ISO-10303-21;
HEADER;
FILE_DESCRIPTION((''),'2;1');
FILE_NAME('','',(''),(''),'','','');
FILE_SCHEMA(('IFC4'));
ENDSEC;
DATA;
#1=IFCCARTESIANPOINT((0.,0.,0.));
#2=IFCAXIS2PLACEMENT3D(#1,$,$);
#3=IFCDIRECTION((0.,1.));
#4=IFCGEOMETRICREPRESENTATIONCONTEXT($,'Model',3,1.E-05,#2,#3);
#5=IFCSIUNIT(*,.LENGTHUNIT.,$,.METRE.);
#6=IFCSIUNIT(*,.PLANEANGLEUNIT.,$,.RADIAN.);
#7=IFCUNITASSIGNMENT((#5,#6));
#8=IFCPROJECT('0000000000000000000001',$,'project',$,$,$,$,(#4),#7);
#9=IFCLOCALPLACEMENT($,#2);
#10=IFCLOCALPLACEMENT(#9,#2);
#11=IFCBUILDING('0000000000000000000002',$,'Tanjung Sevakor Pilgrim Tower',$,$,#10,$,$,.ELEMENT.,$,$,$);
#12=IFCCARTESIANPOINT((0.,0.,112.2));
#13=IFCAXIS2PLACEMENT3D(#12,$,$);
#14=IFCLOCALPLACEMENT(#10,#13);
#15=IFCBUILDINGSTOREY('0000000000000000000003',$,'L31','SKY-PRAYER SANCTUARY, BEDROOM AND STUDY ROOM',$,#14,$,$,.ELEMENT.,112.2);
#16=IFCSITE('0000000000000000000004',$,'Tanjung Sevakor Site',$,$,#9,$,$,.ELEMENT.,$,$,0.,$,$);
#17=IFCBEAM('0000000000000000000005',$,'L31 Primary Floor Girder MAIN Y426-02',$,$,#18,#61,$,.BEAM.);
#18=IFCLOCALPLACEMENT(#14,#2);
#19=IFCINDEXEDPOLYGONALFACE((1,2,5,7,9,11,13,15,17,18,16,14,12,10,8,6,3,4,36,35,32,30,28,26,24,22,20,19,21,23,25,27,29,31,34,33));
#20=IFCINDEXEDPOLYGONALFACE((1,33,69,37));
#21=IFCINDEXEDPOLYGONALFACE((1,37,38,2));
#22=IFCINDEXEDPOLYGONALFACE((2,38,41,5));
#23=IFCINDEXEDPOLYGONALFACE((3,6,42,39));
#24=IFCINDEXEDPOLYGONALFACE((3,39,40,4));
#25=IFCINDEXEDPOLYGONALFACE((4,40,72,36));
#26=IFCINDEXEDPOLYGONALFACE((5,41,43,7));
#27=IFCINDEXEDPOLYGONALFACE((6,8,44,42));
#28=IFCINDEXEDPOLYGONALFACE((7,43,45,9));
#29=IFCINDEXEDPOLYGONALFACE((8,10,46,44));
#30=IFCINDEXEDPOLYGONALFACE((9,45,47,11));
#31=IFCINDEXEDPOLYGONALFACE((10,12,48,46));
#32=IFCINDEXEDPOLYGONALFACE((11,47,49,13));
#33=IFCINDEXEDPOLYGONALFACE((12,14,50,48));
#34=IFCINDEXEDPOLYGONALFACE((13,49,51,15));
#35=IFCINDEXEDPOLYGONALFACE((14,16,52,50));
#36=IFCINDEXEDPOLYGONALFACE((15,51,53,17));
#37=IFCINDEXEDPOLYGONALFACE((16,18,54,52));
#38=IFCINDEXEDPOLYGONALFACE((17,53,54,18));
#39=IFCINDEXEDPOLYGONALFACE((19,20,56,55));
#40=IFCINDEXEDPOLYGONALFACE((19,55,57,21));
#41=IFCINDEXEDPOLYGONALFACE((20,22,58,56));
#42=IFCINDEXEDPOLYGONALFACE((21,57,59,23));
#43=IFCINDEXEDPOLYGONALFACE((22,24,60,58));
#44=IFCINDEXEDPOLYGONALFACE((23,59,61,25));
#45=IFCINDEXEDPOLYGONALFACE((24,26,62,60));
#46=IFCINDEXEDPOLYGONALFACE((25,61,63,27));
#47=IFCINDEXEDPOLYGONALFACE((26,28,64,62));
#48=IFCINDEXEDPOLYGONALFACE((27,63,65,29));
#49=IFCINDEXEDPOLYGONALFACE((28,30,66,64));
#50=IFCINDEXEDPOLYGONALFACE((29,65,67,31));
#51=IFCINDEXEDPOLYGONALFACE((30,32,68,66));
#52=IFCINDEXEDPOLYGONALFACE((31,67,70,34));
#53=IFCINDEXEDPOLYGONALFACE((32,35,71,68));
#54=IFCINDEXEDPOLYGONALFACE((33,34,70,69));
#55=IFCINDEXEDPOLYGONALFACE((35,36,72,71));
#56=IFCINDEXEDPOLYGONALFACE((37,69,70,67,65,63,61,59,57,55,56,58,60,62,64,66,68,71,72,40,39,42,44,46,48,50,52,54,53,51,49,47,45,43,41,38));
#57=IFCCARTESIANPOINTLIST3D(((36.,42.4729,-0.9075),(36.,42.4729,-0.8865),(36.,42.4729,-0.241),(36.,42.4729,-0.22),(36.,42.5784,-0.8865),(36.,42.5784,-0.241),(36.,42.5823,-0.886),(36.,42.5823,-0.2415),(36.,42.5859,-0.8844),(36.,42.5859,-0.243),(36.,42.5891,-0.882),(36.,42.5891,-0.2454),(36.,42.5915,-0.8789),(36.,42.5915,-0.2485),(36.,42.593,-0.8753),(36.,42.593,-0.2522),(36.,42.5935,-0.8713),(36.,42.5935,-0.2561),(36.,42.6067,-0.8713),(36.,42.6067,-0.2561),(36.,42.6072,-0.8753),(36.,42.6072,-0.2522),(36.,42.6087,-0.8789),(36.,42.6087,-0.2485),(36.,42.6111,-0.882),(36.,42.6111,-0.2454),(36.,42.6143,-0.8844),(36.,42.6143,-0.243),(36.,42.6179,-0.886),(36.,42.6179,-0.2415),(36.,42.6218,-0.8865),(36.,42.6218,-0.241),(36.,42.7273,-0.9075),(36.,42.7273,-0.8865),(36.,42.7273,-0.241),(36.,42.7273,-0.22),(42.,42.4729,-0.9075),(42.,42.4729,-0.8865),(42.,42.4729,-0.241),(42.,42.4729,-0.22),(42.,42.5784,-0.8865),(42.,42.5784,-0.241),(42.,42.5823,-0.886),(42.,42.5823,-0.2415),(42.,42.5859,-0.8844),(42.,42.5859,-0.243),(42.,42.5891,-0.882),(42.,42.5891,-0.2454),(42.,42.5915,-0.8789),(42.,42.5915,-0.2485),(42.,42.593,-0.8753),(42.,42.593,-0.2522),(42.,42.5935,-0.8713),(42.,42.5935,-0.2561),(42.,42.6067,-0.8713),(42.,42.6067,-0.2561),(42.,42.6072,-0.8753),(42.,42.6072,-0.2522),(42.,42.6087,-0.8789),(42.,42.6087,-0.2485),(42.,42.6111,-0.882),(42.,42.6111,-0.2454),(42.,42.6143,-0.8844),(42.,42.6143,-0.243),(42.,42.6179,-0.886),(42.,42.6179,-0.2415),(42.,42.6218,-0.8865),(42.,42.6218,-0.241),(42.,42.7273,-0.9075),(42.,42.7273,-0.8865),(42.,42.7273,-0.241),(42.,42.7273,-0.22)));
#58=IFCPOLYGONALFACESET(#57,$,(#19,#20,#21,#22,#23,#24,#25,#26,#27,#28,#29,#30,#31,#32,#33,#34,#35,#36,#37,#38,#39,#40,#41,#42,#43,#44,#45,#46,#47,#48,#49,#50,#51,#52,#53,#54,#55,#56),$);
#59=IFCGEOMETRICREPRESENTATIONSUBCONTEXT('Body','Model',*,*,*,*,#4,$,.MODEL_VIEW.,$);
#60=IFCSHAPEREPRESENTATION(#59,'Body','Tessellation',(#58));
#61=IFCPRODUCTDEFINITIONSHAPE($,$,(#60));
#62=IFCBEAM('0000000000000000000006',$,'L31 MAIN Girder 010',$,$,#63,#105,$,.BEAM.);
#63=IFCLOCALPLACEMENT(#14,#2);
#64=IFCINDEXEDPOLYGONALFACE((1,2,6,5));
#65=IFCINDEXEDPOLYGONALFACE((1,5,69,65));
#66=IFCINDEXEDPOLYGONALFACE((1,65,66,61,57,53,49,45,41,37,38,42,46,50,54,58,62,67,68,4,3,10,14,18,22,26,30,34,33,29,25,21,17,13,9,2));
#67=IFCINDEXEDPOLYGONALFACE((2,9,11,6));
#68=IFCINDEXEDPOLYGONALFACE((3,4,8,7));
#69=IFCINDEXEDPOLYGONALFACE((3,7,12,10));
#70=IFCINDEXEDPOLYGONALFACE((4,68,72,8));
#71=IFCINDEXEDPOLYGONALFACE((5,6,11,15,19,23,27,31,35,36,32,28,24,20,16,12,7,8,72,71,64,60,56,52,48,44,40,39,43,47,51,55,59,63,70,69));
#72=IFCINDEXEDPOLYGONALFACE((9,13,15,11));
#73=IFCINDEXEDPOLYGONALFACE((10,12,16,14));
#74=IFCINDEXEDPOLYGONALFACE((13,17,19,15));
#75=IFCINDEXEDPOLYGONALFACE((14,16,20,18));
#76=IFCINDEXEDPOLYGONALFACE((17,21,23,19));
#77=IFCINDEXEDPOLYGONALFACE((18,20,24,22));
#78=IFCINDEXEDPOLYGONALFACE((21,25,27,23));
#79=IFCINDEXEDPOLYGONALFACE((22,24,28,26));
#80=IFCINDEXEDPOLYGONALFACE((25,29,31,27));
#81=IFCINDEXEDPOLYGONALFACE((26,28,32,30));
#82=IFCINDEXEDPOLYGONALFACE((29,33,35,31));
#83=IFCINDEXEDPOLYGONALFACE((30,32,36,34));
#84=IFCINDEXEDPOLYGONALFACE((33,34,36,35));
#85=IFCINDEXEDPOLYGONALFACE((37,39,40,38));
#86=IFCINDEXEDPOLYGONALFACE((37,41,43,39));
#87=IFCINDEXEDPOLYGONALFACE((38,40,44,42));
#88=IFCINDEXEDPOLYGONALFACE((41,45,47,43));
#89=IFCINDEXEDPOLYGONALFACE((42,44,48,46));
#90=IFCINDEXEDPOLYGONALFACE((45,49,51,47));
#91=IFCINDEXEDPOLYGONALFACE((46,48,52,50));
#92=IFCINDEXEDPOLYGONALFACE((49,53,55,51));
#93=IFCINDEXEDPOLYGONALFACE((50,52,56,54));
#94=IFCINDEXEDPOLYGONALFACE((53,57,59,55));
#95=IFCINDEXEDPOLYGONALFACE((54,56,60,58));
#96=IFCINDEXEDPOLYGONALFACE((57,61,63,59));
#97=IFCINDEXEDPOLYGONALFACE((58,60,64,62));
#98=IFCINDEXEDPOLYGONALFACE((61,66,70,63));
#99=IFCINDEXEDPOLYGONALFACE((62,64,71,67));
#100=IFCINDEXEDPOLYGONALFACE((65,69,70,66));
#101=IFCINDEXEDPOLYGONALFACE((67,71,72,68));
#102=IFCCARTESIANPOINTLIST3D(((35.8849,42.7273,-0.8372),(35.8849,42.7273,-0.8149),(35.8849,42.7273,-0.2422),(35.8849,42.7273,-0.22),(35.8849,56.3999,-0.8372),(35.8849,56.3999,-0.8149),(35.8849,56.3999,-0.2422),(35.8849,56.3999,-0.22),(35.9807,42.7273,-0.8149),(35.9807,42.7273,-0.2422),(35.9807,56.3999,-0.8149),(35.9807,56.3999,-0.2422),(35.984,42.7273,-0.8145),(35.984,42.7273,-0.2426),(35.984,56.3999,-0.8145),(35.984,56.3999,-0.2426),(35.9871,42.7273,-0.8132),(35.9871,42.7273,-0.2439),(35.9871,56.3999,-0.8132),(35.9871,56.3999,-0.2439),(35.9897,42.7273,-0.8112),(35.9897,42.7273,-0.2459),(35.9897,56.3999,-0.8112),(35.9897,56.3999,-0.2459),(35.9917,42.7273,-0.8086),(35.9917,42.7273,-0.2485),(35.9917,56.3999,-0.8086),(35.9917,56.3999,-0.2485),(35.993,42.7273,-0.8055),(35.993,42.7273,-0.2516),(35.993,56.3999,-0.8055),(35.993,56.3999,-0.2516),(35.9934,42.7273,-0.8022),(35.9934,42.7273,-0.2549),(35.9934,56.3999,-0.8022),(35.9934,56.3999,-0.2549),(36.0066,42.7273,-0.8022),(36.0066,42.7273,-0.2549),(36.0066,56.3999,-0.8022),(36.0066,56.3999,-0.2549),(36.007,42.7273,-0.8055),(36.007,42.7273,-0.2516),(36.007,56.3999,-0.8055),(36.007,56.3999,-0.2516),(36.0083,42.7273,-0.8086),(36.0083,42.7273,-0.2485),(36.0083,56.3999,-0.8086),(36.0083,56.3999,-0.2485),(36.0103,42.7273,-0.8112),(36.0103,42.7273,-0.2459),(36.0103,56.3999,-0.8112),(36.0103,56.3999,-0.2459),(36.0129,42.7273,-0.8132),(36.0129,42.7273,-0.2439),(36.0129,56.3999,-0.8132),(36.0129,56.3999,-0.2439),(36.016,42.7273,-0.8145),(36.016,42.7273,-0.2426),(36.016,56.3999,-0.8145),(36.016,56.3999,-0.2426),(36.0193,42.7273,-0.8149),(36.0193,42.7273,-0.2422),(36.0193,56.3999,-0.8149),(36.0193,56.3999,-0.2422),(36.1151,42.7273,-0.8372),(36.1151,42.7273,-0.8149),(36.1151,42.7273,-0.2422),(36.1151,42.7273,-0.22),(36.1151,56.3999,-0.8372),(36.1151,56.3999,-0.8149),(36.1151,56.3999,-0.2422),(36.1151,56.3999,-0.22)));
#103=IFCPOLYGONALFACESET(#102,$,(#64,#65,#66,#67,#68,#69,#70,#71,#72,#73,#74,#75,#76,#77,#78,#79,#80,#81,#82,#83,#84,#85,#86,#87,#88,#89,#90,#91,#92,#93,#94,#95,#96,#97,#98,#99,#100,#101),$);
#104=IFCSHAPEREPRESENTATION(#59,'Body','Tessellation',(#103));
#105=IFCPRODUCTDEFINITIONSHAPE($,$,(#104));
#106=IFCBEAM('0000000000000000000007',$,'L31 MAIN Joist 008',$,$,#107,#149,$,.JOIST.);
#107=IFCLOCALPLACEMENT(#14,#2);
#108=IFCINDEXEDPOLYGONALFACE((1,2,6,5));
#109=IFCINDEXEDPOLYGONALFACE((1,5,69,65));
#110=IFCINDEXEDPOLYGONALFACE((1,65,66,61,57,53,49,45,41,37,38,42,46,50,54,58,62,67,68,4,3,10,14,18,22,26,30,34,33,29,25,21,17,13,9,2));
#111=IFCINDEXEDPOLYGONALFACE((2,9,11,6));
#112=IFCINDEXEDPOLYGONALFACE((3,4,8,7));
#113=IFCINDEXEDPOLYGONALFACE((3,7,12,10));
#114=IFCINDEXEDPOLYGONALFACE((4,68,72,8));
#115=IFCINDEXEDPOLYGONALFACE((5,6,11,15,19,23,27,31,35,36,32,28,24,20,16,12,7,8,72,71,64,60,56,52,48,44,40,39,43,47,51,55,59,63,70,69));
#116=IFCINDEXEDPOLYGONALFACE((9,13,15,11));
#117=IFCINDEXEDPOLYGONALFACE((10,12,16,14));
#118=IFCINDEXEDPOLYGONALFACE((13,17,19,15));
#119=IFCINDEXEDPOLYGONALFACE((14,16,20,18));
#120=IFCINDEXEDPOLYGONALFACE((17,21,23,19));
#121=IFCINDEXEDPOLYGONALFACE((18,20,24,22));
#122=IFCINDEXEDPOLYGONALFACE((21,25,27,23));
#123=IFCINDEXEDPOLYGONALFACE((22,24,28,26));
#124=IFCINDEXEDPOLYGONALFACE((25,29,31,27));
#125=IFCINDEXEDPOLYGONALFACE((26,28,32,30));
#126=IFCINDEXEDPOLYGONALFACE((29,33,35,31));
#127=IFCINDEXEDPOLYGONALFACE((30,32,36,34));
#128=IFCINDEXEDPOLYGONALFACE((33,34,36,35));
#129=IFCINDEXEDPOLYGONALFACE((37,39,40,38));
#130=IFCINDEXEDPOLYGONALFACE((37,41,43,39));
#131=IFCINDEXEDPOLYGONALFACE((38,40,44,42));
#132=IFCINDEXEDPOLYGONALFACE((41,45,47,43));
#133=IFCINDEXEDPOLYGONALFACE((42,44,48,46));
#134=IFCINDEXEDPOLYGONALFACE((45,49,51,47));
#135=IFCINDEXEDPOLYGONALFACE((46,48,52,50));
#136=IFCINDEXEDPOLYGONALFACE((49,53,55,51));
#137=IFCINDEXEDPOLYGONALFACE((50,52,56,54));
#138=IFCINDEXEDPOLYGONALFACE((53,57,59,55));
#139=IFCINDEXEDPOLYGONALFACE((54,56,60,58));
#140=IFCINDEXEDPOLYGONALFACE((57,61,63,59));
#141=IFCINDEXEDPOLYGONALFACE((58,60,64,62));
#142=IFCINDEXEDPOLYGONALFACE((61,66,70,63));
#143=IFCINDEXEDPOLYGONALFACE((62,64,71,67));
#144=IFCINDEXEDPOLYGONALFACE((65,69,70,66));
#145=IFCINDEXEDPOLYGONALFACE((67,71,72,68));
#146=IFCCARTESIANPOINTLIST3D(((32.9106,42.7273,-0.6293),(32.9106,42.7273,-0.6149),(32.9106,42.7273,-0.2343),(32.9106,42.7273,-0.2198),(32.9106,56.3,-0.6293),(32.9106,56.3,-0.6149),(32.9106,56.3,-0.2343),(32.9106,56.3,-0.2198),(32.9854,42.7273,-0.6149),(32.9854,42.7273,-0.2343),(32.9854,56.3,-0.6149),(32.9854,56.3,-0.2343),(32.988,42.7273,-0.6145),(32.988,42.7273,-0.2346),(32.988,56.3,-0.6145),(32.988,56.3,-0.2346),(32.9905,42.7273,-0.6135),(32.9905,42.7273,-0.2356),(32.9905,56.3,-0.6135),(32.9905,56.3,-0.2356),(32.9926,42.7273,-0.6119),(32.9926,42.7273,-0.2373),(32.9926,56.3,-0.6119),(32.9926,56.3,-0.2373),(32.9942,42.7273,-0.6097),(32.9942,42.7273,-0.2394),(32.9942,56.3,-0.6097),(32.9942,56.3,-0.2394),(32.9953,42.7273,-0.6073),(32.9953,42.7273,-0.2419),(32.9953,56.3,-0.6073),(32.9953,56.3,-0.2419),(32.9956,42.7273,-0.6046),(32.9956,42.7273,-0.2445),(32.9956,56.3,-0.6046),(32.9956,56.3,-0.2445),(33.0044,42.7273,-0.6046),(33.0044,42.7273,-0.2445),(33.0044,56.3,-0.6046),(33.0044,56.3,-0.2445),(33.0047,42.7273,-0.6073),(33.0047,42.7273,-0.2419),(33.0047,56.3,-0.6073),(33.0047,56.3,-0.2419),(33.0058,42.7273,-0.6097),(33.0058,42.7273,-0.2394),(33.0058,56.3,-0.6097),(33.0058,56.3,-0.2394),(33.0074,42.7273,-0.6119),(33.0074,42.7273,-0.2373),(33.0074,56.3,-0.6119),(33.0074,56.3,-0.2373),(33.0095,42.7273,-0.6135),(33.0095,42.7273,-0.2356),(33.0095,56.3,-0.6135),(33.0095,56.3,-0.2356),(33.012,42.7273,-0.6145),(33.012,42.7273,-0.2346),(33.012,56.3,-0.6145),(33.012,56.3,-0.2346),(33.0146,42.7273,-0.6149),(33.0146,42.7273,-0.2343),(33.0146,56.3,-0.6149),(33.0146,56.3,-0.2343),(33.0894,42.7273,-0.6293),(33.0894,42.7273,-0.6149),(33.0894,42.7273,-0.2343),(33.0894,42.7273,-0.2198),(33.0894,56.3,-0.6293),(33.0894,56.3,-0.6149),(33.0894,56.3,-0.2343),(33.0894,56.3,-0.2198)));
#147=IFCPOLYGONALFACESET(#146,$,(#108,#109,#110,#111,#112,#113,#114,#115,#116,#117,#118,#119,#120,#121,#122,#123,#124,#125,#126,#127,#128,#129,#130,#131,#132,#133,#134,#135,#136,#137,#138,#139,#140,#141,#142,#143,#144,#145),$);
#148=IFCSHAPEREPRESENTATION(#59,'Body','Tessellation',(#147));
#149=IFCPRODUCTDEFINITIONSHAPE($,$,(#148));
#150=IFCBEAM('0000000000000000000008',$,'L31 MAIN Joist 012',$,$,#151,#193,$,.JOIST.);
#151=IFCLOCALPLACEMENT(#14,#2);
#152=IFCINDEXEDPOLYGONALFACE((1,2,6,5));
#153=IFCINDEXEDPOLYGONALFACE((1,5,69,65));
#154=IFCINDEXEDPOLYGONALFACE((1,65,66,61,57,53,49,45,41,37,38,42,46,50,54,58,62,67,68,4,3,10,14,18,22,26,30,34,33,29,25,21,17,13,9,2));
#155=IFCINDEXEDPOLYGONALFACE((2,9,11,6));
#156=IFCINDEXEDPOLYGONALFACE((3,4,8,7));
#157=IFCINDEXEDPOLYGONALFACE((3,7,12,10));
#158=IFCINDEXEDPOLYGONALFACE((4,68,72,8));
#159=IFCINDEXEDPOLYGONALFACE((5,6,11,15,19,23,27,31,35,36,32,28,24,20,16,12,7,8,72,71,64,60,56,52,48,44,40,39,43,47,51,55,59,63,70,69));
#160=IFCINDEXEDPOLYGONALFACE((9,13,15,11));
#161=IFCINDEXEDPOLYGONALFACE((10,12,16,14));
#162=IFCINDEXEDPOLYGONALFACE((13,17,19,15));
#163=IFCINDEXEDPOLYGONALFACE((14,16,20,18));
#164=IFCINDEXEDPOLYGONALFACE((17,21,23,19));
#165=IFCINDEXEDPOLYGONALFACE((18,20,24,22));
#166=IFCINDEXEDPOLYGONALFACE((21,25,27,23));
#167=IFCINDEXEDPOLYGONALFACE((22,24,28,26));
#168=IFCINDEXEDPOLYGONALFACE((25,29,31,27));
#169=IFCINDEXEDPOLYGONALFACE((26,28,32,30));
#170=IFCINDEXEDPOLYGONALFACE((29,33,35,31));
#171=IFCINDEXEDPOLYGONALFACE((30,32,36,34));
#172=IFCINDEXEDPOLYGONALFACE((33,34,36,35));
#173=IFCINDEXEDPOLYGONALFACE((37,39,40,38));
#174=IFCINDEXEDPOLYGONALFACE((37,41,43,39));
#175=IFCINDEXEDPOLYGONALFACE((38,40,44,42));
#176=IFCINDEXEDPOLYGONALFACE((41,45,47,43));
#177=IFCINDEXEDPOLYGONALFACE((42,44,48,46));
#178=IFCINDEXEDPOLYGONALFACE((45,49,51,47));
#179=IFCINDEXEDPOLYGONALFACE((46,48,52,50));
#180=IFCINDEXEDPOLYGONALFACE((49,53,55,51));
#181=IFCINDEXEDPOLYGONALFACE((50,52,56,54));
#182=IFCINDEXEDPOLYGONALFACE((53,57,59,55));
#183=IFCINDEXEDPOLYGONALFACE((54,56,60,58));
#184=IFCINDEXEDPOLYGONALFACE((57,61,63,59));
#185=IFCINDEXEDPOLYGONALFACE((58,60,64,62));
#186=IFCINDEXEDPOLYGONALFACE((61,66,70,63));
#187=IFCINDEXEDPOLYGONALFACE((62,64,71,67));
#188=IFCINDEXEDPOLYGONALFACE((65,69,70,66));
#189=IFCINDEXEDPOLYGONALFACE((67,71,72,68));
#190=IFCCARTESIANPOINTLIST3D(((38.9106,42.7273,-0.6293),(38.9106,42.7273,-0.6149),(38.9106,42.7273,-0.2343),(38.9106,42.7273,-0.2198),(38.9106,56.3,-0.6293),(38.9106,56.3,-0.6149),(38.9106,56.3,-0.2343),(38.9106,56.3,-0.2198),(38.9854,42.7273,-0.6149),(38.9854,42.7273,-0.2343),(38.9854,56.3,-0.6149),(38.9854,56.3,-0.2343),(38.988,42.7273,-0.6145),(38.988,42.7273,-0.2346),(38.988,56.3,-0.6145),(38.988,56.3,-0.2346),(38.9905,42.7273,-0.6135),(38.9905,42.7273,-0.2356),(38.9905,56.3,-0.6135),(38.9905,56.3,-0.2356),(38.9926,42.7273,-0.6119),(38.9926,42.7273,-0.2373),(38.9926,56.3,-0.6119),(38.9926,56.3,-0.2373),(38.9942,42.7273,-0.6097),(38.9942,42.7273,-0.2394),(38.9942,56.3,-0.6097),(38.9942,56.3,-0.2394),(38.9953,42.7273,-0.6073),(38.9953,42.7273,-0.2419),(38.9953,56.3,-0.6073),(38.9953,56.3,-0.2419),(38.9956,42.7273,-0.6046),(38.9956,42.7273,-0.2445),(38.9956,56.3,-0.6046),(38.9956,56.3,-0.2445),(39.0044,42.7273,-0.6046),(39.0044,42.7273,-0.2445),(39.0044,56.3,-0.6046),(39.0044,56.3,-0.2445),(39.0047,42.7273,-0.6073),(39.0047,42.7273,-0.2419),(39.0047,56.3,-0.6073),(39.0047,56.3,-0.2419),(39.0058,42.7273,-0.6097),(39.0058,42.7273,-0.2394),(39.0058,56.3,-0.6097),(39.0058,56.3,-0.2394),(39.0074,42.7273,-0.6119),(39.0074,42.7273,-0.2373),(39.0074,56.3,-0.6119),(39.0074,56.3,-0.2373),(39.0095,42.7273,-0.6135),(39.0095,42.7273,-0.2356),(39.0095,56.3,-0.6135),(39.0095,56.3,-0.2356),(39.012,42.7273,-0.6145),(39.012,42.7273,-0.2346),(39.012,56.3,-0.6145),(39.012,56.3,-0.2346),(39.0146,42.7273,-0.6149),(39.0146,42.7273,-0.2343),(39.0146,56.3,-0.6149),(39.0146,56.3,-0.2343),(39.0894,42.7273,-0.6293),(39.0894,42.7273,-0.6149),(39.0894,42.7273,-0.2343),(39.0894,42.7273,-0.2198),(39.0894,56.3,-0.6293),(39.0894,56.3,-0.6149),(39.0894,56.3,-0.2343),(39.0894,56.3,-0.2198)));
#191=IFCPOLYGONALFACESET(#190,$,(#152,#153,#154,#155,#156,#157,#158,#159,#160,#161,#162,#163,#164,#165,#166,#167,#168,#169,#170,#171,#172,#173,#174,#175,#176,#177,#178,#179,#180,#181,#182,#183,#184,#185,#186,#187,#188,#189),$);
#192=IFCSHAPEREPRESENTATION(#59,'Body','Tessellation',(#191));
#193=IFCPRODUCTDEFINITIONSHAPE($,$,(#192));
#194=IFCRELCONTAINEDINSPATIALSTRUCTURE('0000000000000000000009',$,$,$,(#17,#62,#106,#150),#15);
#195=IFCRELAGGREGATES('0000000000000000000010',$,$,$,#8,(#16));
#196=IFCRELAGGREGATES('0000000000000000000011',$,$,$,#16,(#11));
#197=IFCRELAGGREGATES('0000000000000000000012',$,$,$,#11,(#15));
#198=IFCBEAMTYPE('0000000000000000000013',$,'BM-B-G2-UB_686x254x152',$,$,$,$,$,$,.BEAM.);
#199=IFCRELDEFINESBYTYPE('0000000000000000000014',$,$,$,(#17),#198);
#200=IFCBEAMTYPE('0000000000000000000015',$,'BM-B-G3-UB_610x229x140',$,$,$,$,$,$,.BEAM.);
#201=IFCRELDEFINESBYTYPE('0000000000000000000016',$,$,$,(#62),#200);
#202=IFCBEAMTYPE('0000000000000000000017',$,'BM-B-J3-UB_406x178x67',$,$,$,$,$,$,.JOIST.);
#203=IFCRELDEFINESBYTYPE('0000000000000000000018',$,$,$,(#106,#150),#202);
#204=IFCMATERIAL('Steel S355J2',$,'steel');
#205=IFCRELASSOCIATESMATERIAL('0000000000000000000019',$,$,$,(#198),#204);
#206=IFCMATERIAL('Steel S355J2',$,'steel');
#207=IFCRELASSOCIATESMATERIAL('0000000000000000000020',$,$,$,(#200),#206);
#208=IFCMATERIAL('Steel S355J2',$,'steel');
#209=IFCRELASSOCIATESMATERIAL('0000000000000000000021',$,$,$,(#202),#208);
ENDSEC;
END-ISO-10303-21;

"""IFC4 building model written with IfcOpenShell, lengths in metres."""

from ifc_helpers import new_model, si_unit, direction, frame, origin, origin_2d, place, context, subcontext, project, spatial, i_section, extrude, material, material_profile, profile_set, type_object, element, save


model = new_model("IFC4")

# Units and contexts
model_context = context("Model", 3, precision=1e-05, world=origin(), true_north=direction((0.0, 1.0)))
body_context = subcontext(model_context, "Body", "Model", "MODEL_VIEW")
ifc_project = project(units=[si_unit("LENGTHUNIT", "METRE"), si_unit("PLANEANGLEUNIT", "RADIAN")], contexts=[model_context])

# Site, building, storey
site_placement = place(None, origin())
site = spatial("IfcSite", under=ifc_project, at=site_placement, Name="Tanjung Sevakor Site", CompositionType="ELEMENT", RefElevation=0.0)
building_placement = place(site_placement, origin())
building = spatial("IfcBuilding", under=site, at=building_placement, Name="Tanjung Sevakor Pilgrim Tower", CompositionType="ELEMENT")
storey_placement = place(building_placement, frame((0.0, 0.0, 112.2)))
storey = spatial("IfcBuildingStorey", under=building, at=storey_placement, Name="L31", Description="SKY-PRAYER SANCTUARY, BEDROOM AND STUDY ROOM", CompositionType="ELEMENT", Elevation=112.2)

# Beams
ifc_material_1 = material(Name="Steel S355J2", Category="steel")
ifc_material_profile_1 = material_profile(ifc_material_1, i_section(OverallWidth=0.2544, OverallDepth=0.6875, WebThickness=0.0132, FlangeThickness=0.021, FilletRadius=0.0151, at=origin_2d()))
ifc_profile_set_1 = profile_set([ifc_material_profile_1], Name="Steel S355J2")
beam_type_1 = type_object("IfcBeamType", Name="BM-B-G2-UB_686x254x152", PredefinedType="BEAM", material=ifc_profile_set_1)
beam_1_placement = place(storey_placement, frame((36.0, 42.6001, -0.5637), z_axis=(1.0, 0.0, 0.0), x_axis=(0.0, 1.0, 0.0)))
element("IfcBeam", 1, at=beam_1_placement, inside=storey, type_object=beam_type_1, Name="L31 Primary Floor Girder MAIN Y426-02", PredefinedType="BEAM", context=body_context, shape_type="SweptSolid", body=[
    extrude(i_section(OverallWidth=0.2544, OverallDepth=0.6875, WebThickness=0.0132, FlangeThickness=0.021, FilletRadius=0.0151, at=origin_2d()), origin(), (0.0, 0.0, 1.0), 6.0),
])
ifc_material_2 = material(Name="Steel S355J2", Category="steel")
ifc_material_profile_2 = material_profile(ifc_material_2, i_section(OverallWidth=0.2302, OverallDepth=0.6172, WebThickness=0.0132, FlangeThickness=0.0222, FilletRadius=0.0127, at=origin_2d()))
ifc_profile_set_2 = profile_set([ifc_material_profile_2], Name="Steel S355J2")
beam_type_2 = type_object("IfcBeamType", Name="BM-B-G3-UB_610x229x140", PredefinedType="BEAM", material=ifc_profile_set_2)
beam_2_placement = place(storey_placement, frame((36.0, 42.7273, -0.5286), z_axis=(0.0, 1.0, 0.0), x_axis=(-1.0, 0.0, 0.0)))
element("IfcBeam", 2, at=beam_2_placement, inside=storey, type_object=beam_type_2, Name="L31 MAIN Girder 010", PredefinedType="BEAM", context=body_context, shape_type="SweptSolid", body=[
    extrude(i_section(OverallWidth=0.2302, OverallDepth=0.6172, WebThickness=0.0132, FlangeThickness=0.0222, FilletRadius=0.0127, at=origin_2d()), origin(), (0.0, 0.0, 1.0), 13.6726),
])
ifc_material_3 = material(Name="Steel S355J2", Category="steel")
ifc_material_profile_3 = material_profile(ifc_material_3, i_section(OverallWidth=0.1787, OverallDepth=0.4094, WebThickness=0.0088, FlangeThickness=0.0144, FilletRadius=0.0103, at=origin_2d()))
ifc_profile_set_3 = profile_set([ifc_material_profile_3], Name="Steel S355J2")
beam_type_3 = type_object("IfcBeamType", Name="BM-B-J3-UB_406x178x67", PredefinedType="JOIST", material=ifc_profile_set_3)
for number, where, z_axis, x_axis, name in (
    (3, (33.0, 42.7273, -0.4246), (0.0, 1.0, 0.0), (-1.0, 0.0, 0.0), "L31 MAIN Joist 008"),
    (4, (39.0, 42.7273, -0.4246), (0.0, 1.0, 0.0), (-1.0, 0.0, 0.0), "L31 MAIN Joist 012"),
):
    element("IfcBeam", number, at=place(storey_placement, frame(where, z_axis=z_axis, x_axis=x_axis)), inside=storey, type_object=beam_type_3, Name=name, PredefinedType="JOIST", context=body_context, shape_type="SweptSolid", body=[
        extrude(i_section(OverallWidth=0.1787, OverallDepth=0.4094, WebThickness=0.0088, FlangeThickness=0.0144, FilletRadius=0.0103, at=origin_2d()), origin(), (0.0, 0.0, 1.0), 13.5728),
    ])

save(model, "model.ifc")
